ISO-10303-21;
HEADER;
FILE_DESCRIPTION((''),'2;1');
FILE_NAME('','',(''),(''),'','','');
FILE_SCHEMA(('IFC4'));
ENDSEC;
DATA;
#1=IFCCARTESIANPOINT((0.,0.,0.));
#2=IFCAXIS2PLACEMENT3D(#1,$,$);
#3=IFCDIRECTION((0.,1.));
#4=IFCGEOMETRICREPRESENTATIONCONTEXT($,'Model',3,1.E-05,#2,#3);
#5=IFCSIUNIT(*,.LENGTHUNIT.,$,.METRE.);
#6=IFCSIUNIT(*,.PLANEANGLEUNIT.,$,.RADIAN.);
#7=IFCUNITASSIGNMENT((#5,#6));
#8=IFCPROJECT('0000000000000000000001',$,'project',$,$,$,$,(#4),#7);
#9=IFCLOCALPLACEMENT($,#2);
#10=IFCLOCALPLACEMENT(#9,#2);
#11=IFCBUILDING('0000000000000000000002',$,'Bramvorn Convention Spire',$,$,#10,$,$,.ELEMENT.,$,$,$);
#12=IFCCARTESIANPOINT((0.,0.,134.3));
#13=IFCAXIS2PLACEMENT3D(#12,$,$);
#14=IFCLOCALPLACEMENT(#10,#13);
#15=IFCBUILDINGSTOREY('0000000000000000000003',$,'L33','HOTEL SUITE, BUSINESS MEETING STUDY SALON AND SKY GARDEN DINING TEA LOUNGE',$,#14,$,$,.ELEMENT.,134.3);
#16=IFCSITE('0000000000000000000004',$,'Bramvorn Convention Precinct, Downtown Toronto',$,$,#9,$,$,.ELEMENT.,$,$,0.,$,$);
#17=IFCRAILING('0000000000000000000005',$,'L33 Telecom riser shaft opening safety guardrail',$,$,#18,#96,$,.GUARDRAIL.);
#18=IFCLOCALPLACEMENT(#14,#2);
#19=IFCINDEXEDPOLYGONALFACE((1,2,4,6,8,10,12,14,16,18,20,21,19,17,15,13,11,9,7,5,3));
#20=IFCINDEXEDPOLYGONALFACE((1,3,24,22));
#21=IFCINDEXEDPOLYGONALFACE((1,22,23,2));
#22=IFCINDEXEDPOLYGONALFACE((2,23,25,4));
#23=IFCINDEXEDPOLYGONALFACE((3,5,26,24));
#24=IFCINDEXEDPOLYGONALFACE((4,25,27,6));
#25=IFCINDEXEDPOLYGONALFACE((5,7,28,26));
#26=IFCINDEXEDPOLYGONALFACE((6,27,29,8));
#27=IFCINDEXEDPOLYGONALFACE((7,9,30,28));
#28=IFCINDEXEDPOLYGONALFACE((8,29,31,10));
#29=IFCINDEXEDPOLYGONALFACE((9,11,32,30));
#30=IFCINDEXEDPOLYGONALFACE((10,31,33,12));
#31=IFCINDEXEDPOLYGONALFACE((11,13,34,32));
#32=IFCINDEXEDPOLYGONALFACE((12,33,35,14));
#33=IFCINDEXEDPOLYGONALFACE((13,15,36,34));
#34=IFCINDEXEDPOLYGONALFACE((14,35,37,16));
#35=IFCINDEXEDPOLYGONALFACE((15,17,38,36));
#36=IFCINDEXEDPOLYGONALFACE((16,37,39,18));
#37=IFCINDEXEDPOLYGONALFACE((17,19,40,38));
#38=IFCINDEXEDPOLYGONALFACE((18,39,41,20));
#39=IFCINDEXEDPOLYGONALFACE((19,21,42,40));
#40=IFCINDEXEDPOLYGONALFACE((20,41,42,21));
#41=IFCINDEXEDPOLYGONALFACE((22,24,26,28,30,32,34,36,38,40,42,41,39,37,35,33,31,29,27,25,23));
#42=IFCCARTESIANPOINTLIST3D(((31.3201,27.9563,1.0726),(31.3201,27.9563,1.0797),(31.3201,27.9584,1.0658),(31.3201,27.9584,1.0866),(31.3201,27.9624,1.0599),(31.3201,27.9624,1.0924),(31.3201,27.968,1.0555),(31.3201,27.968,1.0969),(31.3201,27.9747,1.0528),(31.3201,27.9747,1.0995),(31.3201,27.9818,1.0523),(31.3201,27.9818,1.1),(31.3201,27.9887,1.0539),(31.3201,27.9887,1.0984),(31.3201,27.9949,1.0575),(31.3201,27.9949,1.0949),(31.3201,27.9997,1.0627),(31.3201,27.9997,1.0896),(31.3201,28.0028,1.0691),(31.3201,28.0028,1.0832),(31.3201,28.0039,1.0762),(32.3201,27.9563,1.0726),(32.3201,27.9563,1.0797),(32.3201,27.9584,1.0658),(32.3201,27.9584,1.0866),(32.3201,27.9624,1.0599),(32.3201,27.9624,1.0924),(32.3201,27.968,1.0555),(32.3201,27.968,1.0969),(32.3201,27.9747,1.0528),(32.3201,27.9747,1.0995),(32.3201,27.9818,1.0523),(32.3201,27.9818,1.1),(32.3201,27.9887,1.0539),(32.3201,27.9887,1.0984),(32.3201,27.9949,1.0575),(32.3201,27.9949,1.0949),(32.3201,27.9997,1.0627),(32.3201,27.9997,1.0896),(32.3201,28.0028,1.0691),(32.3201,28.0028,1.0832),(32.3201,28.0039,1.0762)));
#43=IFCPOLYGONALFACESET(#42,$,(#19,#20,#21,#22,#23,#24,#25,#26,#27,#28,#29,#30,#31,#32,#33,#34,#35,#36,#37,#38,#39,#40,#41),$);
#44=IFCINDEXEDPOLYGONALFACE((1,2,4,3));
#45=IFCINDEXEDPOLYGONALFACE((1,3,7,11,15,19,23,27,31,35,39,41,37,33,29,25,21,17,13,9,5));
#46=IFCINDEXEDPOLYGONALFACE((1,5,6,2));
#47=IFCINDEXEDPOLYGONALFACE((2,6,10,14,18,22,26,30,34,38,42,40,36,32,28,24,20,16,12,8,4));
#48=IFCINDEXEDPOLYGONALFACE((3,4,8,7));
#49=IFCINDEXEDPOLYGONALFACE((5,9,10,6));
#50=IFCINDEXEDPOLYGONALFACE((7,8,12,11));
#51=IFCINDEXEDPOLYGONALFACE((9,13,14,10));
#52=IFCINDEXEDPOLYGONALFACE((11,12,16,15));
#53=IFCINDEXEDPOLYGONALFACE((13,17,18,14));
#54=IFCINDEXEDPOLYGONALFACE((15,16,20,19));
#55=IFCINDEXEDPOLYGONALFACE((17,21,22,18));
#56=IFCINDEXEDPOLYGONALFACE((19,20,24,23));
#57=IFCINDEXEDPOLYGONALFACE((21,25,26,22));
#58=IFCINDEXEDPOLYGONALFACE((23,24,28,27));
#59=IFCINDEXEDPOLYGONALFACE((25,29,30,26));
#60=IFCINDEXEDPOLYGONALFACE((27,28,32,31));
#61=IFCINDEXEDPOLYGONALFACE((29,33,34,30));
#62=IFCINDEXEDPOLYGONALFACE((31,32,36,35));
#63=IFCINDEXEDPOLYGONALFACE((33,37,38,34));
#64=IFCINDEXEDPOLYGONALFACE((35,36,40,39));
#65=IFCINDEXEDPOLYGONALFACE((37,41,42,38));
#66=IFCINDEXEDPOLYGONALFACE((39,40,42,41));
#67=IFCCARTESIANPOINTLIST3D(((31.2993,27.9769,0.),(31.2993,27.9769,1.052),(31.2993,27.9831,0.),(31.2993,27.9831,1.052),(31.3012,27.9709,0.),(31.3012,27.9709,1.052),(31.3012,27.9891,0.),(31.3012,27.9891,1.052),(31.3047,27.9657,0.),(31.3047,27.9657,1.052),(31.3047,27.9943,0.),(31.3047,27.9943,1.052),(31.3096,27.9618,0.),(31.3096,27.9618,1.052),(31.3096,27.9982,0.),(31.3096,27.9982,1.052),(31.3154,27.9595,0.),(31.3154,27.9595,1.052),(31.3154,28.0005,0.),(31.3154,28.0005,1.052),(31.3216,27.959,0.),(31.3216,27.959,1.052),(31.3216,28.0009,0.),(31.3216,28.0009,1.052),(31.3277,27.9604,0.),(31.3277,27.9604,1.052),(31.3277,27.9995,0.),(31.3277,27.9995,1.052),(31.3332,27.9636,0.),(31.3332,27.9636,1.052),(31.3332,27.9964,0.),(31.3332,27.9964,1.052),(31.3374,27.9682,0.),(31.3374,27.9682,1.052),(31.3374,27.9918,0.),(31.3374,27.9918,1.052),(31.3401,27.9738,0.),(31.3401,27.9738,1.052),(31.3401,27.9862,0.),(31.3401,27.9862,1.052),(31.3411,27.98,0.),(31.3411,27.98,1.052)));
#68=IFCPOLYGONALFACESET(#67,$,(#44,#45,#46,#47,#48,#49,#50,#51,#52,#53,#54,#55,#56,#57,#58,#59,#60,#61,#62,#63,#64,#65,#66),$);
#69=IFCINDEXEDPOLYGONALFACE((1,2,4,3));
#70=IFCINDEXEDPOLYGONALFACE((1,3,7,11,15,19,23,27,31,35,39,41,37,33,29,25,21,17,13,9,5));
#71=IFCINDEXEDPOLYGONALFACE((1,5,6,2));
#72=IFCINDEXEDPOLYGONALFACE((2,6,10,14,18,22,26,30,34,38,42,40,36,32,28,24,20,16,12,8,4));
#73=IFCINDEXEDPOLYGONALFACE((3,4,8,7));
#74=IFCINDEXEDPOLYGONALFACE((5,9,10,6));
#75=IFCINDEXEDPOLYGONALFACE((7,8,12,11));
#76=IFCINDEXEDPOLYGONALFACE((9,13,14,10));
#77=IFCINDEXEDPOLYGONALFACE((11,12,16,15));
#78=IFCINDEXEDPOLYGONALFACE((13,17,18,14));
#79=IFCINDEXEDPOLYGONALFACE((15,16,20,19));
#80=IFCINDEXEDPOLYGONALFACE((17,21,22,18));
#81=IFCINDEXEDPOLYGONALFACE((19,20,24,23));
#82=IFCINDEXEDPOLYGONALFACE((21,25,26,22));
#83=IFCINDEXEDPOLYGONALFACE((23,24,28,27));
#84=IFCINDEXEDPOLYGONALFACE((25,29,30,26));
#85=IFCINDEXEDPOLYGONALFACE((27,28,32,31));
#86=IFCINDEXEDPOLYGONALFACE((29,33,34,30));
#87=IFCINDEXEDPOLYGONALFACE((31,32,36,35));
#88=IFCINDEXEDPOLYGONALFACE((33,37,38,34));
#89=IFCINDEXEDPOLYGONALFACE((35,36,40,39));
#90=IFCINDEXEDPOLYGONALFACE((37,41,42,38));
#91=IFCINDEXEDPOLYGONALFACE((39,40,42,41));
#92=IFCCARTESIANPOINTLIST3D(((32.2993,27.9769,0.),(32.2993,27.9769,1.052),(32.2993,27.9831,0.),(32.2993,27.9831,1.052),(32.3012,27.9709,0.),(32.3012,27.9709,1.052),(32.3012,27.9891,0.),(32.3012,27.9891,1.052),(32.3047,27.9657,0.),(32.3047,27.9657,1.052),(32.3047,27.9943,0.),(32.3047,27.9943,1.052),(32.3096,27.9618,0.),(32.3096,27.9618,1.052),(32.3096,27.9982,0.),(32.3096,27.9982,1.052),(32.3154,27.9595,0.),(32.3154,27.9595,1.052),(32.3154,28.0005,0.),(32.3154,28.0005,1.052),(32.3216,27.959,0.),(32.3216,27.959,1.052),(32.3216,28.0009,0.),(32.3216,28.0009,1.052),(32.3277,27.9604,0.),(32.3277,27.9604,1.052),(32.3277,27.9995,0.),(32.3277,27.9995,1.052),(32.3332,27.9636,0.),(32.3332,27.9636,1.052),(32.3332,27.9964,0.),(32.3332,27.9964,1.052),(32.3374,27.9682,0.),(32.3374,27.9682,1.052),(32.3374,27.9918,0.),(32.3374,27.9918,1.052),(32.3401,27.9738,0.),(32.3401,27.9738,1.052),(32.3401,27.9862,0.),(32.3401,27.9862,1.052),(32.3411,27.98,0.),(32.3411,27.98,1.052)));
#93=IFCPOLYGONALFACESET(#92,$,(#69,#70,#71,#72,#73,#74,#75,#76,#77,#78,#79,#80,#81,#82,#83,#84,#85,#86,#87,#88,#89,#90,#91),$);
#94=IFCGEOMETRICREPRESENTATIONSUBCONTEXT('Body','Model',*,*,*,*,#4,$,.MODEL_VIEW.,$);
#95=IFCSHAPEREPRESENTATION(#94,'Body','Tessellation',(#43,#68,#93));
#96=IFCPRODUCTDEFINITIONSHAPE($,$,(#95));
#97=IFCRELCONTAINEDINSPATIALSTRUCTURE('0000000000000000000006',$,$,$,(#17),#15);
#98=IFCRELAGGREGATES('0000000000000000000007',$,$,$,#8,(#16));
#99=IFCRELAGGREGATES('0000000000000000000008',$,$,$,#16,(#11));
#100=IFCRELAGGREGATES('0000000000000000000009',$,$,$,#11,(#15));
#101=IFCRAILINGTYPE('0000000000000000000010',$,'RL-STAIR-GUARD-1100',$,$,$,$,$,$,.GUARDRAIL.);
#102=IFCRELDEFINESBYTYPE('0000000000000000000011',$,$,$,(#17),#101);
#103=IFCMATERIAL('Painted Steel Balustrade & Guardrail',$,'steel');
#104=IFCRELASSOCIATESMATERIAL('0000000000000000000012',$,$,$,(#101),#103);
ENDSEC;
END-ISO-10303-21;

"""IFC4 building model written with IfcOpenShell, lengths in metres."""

from ifc_helpers import new_model, si_unit, direction, frame, origin, origin_2d, place, context, subcontext, project, spatial, circle, extrude, material, type_object, element, save


model = new_model("IFC4")

# Units and contexts
model_context = context("Model", 3, precision=1e-05, world=origin(), true_north=direction((0.0, 1.0)))
body_context = subcontext(model_context, "Body", "Model", "MODEL_VIEW")
ifc_project = project(units=[si_unit("LENGTHUNIT", "METRE"), si_unit("PLANEANGLEUNIT", "RADIAN")], contexts=[model_context])

# Site, building, storey
site_placement = place(None, origin())
site = spatial("IfcSite", under=ifc_project, at=site_placement, Name="Bramvorn Convention Precinct, Downtown Toronto", CompositionType="ELEMENT", RefElevation=0.0)
building_placement = place(site_placement, origin())
building = spatial("IfcBuilding", under=site, at=building_placement, Name="Bramvorn Convention Spire", CompositionType="ELEMENT")
storey_placement = place(building_placement, frame((0.0, 0.0, 134.3)))
storey = spatial("IfcBuildingStorey", under=building, at=storey_placement, Name="L33", Description="HOTEL SUITE, BUSINESS MEETING STUDY SALON AND SKY GARDEN DINING TEA LOUNGE", CompositionType="ELEMENT", Elevation=134.3)

# Railing
ifc_material_1 = material(Name="Painted Steel Balustrade & Guardrail", Category="steel")
railing_type = type_object("IfcRailingType", Name="RL-STAIR-GUARD-1100", PredefinedType="GUARDRAIL", material=ifc_material_1)
railing_placement = place(storey_placement, frame((31.3201, 27.98, 0.0)))
element("IfcRailing", 1, at=railing_placement, inside=storey, type_object=railing_type, Name="L33 Telecom riser shaft opening safety guardrail", PredefinedType="GUARDRAIL", context=body_context, shape_type="SweptSolid", body=[
    extrude(circle(Radius=0.0239, at=origin_2d()), frame((0.0, 0.0, 1.0762), z_axis=(1.0, 0.0, 0.0), x_axis=(0.0, 1.0, 0.0)), (0.0, 0.0, 1.0), 1.0),
    extrude(circle(Radius=0.021, at=origin_2d()), origin(), (0.0, 0.0, 1.0), 1.052),
    extrude(circle(Radius=0.021, at=origin_2d()), frame((1.0, 0.0, 0.0)), (0.0, 0.0, 1.0), 1.052),
])

save(model, "model.ifc")
